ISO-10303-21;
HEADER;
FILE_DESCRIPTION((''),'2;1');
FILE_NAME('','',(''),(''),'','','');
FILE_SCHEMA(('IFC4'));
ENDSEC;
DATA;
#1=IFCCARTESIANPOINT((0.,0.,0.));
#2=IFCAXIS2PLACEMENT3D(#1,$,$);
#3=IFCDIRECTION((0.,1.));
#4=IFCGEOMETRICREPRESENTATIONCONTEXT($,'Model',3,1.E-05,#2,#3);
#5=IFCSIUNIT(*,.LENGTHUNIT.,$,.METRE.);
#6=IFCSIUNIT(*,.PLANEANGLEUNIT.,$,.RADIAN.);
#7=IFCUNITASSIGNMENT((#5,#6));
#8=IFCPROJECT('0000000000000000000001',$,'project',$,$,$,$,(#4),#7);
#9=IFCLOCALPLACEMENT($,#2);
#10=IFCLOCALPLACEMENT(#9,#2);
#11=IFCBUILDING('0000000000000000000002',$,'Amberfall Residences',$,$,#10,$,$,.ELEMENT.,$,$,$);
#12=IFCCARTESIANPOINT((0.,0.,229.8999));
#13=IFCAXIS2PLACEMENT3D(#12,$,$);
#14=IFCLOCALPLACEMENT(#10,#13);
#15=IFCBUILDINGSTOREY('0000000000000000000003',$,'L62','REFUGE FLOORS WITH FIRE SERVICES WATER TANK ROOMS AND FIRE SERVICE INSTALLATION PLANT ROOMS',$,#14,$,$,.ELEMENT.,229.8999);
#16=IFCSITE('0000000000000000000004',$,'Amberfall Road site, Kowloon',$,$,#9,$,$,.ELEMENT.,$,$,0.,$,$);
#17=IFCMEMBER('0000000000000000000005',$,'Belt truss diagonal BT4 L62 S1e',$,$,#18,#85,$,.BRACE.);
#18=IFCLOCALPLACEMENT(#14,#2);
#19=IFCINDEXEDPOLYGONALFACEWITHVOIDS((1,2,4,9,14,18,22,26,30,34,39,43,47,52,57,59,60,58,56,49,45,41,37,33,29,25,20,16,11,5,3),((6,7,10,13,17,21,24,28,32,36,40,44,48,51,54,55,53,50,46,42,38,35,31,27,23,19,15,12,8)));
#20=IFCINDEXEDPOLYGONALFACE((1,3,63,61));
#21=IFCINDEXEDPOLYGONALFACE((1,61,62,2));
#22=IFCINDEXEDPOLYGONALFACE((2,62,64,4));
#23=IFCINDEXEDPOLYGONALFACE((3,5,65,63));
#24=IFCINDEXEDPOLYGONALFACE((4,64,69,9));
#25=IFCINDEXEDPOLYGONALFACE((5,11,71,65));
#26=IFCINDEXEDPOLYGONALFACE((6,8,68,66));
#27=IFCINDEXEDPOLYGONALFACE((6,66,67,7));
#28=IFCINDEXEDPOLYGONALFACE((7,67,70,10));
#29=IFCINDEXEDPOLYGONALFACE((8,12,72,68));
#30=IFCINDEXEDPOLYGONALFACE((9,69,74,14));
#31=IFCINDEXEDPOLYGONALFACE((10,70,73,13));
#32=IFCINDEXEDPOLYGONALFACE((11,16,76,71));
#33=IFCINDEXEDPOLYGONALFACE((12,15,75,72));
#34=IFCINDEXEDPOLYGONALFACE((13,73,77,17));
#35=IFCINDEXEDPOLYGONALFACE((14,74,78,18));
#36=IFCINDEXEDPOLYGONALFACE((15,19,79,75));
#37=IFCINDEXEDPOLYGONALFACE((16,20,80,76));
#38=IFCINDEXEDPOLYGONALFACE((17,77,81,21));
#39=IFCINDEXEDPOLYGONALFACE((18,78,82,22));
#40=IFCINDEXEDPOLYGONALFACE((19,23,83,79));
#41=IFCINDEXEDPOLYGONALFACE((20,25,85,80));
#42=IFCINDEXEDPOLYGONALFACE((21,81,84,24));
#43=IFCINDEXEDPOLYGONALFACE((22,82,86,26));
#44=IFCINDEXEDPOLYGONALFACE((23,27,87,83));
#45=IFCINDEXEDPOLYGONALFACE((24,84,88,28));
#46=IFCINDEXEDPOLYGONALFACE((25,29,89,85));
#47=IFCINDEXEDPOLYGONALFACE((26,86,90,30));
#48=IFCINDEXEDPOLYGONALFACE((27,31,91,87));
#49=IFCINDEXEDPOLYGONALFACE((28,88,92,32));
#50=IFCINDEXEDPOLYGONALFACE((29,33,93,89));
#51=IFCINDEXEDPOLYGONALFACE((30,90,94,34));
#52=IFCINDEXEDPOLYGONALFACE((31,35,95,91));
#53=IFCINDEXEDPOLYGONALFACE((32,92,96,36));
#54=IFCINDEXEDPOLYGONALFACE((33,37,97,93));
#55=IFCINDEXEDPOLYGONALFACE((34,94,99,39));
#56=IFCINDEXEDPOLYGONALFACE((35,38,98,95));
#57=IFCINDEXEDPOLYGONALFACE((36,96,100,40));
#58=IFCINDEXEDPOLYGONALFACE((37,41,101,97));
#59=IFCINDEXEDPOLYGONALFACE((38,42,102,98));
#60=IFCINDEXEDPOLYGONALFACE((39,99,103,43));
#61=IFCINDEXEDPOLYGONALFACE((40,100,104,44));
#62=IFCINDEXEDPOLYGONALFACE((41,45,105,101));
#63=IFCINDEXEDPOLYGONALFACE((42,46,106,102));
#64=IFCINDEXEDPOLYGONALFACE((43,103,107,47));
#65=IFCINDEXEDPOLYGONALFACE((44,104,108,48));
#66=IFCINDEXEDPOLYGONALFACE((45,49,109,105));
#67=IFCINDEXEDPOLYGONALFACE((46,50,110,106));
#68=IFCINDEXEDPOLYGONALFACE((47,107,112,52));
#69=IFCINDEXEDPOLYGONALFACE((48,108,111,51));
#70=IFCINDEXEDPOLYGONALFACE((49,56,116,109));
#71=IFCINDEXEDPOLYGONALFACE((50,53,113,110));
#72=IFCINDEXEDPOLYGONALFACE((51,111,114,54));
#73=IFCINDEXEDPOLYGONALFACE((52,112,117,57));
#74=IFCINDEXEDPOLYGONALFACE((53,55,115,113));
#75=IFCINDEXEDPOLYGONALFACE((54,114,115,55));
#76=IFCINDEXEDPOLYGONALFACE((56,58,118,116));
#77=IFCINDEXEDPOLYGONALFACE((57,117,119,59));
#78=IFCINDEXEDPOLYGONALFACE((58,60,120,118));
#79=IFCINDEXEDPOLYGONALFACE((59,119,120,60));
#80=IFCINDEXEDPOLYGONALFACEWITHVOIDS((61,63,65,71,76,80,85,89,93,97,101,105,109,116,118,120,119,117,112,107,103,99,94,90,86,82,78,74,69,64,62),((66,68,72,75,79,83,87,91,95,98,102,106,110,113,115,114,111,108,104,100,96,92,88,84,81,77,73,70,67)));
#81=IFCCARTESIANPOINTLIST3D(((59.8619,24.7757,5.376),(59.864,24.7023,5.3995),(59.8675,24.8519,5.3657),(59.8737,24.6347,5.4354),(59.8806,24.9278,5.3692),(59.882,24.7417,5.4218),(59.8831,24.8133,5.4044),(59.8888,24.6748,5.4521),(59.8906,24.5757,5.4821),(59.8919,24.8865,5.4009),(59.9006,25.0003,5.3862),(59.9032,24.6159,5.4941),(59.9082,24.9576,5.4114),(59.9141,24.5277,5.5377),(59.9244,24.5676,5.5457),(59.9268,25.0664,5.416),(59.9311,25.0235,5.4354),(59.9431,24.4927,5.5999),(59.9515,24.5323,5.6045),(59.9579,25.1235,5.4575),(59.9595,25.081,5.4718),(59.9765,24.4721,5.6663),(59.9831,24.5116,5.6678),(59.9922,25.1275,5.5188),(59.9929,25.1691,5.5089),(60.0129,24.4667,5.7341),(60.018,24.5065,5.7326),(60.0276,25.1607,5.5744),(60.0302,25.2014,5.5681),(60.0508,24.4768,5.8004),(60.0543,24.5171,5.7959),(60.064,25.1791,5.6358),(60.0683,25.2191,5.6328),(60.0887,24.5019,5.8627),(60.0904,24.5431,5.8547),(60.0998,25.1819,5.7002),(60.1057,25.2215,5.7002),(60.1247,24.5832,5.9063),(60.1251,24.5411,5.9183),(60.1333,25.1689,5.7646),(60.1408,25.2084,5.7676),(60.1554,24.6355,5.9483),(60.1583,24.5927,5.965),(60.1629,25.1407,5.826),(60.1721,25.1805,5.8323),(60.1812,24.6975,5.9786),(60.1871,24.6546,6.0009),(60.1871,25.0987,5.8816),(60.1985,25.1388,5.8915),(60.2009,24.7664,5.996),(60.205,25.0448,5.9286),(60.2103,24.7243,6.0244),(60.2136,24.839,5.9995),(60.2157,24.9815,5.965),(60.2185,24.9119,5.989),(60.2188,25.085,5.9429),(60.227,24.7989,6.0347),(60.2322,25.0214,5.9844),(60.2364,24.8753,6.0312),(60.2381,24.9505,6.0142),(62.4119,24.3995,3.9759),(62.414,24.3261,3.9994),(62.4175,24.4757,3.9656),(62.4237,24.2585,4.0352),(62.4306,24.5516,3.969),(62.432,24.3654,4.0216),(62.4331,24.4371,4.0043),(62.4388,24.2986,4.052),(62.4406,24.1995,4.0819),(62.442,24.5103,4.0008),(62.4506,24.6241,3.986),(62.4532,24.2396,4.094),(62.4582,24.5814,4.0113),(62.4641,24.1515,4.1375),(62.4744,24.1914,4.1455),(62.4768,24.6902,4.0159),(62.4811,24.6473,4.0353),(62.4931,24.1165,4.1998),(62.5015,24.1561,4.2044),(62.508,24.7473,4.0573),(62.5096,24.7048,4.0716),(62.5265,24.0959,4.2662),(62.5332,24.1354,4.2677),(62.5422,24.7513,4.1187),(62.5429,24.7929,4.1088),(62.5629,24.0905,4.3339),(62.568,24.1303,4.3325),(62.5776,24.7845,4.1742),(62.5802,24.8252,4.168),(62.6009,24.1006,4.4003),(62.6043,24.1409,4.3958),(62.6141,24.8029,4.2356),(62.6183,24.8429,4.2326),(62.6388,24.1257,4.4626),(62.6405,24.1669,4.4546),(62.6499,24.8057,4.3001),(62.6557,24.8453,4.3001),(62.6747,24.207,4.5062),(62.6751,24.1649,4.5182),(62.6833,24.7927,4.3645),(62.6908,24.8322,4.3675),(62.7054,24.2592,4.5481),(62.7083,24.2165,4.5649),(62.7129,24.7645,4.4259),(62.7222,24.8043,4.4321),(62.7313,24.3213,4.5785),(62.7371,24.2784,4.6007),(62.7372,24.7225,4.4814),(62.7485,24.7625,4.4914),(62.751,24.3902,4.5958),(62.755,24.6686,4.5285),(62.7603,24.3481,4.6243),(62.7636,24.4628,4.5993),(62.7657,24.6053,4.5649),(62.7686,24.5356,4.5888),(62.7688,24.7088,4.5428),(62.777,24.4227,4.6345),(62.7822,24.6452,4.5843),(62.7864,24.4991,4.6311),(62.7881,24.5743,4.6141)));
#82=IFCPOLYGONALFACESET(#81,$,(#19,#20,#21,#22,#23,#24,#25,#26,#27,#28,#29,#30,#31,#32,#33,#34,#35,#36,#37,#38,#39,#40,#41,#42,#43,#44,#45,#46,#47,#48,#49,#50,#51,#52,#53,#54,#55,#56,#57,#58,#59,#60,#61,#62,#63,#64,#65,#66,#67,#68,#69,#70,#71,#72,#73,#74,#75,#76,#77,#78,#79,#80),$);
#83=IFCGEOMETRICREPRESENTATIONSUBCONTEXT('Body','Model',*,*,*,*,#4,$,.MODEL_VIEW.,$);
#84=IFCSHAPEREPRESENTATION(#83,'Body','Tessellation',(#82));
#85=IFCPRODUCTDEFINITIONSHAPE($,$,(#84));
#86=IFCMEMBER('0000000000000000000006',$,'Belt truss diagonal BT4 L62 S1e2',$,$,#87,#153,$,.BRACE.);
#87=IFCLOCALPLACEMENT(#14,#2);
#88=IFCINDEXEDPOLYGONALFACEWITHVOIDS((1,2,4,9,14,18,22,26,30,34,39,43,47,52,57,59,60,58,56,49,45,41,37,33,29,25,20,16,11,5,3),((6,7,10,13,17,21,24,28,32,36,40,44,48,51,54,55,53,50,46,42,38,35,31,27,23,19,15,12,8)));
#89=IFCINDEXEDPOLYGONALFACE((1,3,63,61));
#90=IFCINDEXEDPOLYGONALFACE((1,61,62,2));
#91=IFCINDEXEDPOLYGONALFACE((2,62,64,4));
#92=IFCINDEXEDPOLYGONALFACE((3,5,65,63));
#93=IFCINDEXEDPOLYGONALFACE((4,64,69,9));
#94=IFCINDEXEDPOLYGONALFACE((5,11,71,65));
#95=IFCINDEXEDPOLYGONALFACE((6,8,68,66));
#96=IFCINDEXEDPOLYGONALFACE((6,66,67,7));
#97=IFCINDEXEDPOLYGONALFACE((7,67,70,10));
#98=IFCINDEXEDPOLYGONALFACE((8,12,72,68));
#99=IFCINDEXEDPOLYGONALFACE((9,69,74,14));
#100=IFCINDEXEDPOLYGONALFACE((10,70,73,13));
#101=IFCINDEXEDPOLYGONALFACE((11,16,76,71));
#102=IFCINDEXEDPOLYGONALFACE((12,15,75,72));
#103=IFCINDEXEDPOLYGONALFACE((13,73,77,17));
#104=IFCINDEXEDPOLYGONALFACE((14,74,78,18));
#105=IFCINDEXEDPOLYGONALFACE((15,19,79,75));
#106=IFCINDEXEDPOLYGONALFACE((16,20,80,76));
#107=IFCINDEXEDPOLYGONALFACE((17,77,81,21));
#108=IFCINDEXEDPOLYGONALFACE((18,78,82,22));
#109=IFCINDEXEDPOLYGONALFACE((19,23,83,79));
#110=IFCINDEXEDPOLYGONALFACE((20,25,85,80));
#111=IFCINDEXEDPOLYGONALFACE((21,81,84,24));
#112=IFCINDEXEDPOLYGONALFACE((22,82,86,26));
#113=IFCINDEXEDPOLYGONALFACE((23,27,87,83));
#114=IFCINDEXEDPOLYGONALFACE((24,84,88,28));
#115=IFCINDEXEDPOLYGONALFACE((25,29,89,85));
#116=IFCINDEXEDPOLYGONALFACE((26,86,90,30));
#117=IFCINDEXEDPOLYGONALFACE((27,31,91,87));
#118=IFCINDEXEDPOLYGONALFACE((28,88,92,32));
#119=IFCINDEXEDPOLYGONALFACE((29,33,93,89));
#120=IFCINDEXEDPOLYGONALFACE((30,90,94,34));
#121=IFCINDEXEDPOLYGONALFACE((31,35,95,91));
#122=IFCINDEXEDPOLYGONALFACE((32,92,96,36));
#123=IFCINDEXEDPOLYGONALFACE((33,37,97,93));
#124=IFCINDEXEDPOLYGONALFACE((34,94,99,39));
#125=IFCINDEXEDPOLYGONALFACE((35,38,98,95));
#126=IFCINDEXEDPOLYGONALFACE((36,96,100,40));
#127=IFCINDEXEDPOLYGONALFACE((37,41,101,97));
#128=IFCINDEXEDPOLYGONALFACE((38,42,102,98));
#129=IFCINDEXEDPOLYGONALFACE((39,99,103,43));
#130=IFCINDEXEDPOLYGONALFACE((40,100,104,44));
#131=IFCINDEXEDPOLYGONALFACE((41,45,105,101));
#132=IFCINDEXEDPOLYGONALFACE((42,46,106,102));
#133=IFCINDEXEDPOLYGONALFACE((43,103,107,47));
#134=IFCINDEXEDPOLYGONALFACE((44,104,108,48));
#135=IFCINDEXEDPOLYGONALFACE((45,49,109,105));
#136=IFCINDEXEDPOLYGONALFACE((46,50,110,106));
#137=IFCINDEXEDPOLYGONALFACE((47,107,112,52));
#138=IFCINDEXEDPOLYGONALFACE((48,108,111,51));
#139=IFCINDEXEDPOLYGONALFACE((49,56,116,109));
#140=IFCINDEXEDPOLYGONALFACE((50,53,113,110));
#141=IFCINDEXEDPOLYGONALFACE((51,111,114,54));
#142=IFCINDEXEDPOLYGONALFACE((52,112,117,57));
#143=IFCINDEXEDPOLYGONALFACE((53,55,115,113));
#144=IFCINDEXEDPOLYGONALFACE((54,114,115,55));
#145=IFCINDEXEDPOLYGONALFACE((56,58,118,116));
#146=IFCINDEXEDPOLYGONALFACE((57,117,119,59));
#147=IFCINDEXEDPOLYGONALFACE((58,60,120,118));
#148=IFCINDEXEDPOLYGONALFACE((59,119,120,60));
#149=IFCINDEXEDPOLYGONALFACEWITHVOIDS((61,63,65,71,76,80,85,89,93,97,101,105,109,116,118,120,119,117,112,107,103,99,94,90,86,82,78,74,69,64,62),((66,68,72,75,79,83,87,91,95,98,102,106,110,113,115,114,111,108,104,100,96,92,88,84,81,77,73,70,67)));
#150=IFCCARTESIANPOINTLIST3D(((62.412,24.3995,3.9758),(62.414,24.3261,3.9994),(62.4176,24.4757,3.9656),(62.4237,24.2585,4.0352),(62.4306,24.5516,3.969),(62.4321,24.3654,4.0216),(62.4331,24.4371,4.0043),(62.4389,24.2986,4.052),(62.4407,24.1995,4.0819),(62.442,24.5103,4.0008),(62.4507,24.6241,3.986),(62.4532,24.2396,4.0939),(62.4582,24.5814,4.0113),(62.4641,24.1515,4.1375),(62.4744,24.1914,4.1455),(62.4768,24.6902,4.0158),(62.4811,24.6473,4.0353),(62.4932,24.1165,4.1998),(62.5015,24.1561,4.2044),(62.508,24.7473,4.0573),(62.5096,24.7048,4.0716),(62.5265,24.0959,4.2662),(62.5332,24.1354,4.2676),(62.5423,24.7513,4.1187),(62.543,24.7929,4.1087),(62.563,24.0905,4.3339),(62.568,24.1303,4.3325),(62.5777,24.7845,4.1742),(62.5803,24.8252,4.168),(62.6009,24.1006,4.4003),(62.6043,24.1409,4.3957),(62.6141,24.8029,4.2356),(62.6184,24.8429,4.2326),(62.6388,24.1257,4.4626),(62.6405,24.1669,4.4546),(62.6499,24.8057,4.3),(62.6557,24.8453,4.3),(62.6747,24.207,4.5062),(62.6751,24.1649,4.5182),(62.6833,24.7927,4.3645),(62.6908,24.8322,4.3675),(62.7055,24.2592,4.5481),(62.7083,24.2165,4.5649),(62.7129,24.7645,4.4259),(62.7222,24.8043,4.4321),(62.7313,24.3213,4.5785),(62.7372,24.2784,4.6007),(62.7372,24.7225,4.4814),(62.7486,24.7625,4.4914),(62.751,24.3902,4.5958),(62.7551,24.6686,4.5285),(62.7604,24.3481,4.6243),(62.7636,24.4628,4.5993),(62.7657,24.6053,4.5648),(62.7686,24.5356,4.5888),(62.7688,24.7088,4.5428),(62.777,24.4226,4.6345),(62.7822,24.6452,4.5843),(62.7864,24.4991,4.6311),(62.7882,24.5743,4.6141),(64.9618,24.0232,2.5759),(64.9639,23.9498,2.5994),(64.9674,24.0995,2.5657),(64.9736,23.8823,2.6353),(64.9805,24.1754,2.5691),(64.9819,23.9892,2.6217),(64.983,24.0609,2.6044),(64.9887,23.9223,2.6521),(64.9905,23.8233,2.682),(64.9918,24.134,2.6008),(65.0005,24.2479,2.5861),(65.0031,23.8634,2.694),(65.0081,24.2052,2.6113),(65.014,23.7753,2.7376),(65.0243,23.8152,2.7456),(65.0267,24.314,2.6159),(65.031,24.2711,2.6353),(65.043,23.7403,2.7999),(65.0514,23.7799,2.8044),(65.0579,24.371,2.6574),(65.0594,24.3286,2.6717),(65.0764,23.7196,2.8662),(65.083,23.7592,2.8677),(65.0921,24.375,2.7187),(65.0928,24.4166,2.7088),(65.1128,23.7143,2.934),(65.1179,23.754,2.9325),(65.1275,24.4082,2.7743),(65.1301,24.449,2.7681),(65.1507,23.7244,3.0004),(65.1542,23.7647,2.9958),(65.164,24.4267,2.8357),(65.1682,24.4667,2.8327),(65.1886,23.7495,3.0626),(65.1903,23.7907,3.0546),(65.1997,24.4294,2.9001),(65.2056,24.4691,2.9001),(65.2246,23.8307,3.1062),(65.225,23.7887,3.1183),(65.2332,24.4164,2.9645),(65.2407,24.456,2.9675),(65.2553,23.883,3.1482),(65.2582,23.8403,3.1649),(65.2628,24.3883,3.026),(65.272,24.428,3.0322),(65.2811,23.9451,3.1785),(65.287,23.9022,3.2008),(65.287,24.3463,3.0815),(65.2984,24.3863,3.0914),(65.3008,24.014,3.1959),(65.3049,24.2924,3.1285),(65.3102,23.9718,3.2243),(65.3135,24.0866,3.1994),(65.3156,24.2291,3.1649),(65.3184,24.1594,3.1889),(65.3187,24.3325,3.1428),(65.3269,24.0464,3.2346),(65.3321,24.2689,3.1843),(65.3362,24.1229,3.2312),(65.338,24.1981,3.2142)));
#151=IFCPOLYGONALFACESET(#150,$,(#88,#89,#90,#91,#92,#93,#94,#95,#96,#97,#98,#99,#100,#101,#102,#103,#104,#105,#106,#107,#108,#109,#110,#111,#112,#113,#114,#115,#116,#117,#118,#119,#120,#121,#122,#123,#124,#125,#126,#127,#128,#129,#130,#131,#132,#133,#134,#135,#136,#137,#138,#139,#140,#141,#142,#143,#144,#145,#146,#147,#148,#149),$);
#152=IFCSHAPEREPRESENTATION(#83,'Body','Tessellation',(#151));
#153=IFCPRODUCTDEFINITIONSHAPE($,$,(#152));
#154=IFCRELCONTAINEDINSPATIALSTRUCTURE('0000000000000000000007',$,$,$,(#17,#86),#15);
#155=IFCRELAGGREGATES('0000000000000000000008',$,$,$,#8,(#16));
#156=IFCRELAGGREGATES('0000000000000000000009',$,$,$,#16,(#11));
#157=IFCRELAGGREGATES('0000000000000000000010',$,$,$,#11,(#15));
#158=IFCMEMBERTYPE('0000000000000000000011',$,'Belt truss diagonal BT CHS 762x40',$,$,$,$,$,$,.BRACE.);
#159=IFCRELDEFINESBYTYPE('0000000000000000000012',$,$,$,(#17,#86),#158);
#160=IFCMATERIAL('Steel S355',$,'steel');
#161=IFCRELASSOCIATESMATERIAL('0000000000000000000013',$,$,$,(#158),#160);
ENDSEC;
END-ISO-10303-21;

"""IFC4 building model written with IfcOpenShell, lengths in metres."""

from ifc_helpers import new_model, si_unit, direction, frame, origin, origin_2d, place, context, subcontext, project, spatial, hollow_circle, extrude, material, material_profile, profile_set, type_object, element, save


model = new_model("IFC4")

# Units and contexts
model_context = context("Model", 3, precision=1e-05, world=origin(), true_north=direction((0.0, 1.0)))
body_context = subcontext(model_context, "Body", "Model", "MODEL_VIEW")
ifc_project = project(units=[si_unit("LENGTHUNIT", "METRE"), si_unit("PLANEANGLEUNIT", "RADIAN")], contexts=[model_context])

# Site, building, storey
site_placement = place(None, origin())
site = spatial("IfcSite", under=ifc_project, at=site_placement, Name="Amberfall Road site, Kowloon", CompositionType="ELEMENT", RefElevation=0.0)
building_placement = place(site_placement, origin())
building = spatial("IfcBuilding", under=site, at=building_placement, Name="Amberfall Residences", CompositionType="ELEMENT")
storey_placement = place(building_placement, frame((0.0, 0.0, 229.8999)))
storey = spatial("IfcBuildingStorey", under=building, at=storey_placement, Name="L62", Description="REFUGE FLOORS WITH FIRE SERVICES WATER TANK ROOMS AND FIRE SERVICE INSTALLATION PLANT ROOMS", CompositionType="ELEMENT", Elevation=229.8999)

# Shared definitions
ifc_material_1 = material(Name="Steel S355", Category="steel")

# Members
ifc_material_profile_1 = material_profile(ifc_material_1, hollow_circle(Radius=0.3811, WallThickness=0.04, at=origin_2d()), Name="CHS 762x40")
ifc_profile_set_1 = profile_set([ifc_material_profile_1], Name="Steel S355")
member_type = type_object("IfcMemberType", Name="Belt truss diagonal BT CHS 762x40", PredefinedType="BRACE", material=ifc_profile_set_1)
member_1_placement = place(storey_placement, frame((60.05, 24.8445, 5.7002), z_axis=(0.869322, -0.128255, -0.477316), x_axis=(0.145955, 0.989291, 0.0)))
element("IfcMember", 1, at=member_1_placement, inside=storey, type_object=member_type, Name="Belt truss diagonal BT4 L62 S1e", PredefinedType="BRACE", context=body_context, shape_type="SweptSolid", body=[
    extrude(hollow_circle(Radius=0.3811, WallThickness=0.04, at=origin_2d()), origin(), (0.0, 0.0, 1.0), 2.9333),
])
member_2_placement = place(storey_placement, frame((62.6001, 24.4683, 4.3), z_axis=(0.869336, -0.12827, -0.477286), x_axis=(0.145968, 0.989289, 0.0)))
element("IfcMember", 2, at=member_2_placement, inside=storey, type_object=member_type, Name="Belt truss diagonal BT4 L62 S1e2", PredefinedType="BRACE", context=body_context, shape_type="SweptSolid", body=[
    extrude(hollow_circle(Radius=0.3811, WallThickness=0.04, at=origin_2d()), origin(), (0.0, 0.0, 1.0), 2.9331),
])

save(model, "model.ifc")
